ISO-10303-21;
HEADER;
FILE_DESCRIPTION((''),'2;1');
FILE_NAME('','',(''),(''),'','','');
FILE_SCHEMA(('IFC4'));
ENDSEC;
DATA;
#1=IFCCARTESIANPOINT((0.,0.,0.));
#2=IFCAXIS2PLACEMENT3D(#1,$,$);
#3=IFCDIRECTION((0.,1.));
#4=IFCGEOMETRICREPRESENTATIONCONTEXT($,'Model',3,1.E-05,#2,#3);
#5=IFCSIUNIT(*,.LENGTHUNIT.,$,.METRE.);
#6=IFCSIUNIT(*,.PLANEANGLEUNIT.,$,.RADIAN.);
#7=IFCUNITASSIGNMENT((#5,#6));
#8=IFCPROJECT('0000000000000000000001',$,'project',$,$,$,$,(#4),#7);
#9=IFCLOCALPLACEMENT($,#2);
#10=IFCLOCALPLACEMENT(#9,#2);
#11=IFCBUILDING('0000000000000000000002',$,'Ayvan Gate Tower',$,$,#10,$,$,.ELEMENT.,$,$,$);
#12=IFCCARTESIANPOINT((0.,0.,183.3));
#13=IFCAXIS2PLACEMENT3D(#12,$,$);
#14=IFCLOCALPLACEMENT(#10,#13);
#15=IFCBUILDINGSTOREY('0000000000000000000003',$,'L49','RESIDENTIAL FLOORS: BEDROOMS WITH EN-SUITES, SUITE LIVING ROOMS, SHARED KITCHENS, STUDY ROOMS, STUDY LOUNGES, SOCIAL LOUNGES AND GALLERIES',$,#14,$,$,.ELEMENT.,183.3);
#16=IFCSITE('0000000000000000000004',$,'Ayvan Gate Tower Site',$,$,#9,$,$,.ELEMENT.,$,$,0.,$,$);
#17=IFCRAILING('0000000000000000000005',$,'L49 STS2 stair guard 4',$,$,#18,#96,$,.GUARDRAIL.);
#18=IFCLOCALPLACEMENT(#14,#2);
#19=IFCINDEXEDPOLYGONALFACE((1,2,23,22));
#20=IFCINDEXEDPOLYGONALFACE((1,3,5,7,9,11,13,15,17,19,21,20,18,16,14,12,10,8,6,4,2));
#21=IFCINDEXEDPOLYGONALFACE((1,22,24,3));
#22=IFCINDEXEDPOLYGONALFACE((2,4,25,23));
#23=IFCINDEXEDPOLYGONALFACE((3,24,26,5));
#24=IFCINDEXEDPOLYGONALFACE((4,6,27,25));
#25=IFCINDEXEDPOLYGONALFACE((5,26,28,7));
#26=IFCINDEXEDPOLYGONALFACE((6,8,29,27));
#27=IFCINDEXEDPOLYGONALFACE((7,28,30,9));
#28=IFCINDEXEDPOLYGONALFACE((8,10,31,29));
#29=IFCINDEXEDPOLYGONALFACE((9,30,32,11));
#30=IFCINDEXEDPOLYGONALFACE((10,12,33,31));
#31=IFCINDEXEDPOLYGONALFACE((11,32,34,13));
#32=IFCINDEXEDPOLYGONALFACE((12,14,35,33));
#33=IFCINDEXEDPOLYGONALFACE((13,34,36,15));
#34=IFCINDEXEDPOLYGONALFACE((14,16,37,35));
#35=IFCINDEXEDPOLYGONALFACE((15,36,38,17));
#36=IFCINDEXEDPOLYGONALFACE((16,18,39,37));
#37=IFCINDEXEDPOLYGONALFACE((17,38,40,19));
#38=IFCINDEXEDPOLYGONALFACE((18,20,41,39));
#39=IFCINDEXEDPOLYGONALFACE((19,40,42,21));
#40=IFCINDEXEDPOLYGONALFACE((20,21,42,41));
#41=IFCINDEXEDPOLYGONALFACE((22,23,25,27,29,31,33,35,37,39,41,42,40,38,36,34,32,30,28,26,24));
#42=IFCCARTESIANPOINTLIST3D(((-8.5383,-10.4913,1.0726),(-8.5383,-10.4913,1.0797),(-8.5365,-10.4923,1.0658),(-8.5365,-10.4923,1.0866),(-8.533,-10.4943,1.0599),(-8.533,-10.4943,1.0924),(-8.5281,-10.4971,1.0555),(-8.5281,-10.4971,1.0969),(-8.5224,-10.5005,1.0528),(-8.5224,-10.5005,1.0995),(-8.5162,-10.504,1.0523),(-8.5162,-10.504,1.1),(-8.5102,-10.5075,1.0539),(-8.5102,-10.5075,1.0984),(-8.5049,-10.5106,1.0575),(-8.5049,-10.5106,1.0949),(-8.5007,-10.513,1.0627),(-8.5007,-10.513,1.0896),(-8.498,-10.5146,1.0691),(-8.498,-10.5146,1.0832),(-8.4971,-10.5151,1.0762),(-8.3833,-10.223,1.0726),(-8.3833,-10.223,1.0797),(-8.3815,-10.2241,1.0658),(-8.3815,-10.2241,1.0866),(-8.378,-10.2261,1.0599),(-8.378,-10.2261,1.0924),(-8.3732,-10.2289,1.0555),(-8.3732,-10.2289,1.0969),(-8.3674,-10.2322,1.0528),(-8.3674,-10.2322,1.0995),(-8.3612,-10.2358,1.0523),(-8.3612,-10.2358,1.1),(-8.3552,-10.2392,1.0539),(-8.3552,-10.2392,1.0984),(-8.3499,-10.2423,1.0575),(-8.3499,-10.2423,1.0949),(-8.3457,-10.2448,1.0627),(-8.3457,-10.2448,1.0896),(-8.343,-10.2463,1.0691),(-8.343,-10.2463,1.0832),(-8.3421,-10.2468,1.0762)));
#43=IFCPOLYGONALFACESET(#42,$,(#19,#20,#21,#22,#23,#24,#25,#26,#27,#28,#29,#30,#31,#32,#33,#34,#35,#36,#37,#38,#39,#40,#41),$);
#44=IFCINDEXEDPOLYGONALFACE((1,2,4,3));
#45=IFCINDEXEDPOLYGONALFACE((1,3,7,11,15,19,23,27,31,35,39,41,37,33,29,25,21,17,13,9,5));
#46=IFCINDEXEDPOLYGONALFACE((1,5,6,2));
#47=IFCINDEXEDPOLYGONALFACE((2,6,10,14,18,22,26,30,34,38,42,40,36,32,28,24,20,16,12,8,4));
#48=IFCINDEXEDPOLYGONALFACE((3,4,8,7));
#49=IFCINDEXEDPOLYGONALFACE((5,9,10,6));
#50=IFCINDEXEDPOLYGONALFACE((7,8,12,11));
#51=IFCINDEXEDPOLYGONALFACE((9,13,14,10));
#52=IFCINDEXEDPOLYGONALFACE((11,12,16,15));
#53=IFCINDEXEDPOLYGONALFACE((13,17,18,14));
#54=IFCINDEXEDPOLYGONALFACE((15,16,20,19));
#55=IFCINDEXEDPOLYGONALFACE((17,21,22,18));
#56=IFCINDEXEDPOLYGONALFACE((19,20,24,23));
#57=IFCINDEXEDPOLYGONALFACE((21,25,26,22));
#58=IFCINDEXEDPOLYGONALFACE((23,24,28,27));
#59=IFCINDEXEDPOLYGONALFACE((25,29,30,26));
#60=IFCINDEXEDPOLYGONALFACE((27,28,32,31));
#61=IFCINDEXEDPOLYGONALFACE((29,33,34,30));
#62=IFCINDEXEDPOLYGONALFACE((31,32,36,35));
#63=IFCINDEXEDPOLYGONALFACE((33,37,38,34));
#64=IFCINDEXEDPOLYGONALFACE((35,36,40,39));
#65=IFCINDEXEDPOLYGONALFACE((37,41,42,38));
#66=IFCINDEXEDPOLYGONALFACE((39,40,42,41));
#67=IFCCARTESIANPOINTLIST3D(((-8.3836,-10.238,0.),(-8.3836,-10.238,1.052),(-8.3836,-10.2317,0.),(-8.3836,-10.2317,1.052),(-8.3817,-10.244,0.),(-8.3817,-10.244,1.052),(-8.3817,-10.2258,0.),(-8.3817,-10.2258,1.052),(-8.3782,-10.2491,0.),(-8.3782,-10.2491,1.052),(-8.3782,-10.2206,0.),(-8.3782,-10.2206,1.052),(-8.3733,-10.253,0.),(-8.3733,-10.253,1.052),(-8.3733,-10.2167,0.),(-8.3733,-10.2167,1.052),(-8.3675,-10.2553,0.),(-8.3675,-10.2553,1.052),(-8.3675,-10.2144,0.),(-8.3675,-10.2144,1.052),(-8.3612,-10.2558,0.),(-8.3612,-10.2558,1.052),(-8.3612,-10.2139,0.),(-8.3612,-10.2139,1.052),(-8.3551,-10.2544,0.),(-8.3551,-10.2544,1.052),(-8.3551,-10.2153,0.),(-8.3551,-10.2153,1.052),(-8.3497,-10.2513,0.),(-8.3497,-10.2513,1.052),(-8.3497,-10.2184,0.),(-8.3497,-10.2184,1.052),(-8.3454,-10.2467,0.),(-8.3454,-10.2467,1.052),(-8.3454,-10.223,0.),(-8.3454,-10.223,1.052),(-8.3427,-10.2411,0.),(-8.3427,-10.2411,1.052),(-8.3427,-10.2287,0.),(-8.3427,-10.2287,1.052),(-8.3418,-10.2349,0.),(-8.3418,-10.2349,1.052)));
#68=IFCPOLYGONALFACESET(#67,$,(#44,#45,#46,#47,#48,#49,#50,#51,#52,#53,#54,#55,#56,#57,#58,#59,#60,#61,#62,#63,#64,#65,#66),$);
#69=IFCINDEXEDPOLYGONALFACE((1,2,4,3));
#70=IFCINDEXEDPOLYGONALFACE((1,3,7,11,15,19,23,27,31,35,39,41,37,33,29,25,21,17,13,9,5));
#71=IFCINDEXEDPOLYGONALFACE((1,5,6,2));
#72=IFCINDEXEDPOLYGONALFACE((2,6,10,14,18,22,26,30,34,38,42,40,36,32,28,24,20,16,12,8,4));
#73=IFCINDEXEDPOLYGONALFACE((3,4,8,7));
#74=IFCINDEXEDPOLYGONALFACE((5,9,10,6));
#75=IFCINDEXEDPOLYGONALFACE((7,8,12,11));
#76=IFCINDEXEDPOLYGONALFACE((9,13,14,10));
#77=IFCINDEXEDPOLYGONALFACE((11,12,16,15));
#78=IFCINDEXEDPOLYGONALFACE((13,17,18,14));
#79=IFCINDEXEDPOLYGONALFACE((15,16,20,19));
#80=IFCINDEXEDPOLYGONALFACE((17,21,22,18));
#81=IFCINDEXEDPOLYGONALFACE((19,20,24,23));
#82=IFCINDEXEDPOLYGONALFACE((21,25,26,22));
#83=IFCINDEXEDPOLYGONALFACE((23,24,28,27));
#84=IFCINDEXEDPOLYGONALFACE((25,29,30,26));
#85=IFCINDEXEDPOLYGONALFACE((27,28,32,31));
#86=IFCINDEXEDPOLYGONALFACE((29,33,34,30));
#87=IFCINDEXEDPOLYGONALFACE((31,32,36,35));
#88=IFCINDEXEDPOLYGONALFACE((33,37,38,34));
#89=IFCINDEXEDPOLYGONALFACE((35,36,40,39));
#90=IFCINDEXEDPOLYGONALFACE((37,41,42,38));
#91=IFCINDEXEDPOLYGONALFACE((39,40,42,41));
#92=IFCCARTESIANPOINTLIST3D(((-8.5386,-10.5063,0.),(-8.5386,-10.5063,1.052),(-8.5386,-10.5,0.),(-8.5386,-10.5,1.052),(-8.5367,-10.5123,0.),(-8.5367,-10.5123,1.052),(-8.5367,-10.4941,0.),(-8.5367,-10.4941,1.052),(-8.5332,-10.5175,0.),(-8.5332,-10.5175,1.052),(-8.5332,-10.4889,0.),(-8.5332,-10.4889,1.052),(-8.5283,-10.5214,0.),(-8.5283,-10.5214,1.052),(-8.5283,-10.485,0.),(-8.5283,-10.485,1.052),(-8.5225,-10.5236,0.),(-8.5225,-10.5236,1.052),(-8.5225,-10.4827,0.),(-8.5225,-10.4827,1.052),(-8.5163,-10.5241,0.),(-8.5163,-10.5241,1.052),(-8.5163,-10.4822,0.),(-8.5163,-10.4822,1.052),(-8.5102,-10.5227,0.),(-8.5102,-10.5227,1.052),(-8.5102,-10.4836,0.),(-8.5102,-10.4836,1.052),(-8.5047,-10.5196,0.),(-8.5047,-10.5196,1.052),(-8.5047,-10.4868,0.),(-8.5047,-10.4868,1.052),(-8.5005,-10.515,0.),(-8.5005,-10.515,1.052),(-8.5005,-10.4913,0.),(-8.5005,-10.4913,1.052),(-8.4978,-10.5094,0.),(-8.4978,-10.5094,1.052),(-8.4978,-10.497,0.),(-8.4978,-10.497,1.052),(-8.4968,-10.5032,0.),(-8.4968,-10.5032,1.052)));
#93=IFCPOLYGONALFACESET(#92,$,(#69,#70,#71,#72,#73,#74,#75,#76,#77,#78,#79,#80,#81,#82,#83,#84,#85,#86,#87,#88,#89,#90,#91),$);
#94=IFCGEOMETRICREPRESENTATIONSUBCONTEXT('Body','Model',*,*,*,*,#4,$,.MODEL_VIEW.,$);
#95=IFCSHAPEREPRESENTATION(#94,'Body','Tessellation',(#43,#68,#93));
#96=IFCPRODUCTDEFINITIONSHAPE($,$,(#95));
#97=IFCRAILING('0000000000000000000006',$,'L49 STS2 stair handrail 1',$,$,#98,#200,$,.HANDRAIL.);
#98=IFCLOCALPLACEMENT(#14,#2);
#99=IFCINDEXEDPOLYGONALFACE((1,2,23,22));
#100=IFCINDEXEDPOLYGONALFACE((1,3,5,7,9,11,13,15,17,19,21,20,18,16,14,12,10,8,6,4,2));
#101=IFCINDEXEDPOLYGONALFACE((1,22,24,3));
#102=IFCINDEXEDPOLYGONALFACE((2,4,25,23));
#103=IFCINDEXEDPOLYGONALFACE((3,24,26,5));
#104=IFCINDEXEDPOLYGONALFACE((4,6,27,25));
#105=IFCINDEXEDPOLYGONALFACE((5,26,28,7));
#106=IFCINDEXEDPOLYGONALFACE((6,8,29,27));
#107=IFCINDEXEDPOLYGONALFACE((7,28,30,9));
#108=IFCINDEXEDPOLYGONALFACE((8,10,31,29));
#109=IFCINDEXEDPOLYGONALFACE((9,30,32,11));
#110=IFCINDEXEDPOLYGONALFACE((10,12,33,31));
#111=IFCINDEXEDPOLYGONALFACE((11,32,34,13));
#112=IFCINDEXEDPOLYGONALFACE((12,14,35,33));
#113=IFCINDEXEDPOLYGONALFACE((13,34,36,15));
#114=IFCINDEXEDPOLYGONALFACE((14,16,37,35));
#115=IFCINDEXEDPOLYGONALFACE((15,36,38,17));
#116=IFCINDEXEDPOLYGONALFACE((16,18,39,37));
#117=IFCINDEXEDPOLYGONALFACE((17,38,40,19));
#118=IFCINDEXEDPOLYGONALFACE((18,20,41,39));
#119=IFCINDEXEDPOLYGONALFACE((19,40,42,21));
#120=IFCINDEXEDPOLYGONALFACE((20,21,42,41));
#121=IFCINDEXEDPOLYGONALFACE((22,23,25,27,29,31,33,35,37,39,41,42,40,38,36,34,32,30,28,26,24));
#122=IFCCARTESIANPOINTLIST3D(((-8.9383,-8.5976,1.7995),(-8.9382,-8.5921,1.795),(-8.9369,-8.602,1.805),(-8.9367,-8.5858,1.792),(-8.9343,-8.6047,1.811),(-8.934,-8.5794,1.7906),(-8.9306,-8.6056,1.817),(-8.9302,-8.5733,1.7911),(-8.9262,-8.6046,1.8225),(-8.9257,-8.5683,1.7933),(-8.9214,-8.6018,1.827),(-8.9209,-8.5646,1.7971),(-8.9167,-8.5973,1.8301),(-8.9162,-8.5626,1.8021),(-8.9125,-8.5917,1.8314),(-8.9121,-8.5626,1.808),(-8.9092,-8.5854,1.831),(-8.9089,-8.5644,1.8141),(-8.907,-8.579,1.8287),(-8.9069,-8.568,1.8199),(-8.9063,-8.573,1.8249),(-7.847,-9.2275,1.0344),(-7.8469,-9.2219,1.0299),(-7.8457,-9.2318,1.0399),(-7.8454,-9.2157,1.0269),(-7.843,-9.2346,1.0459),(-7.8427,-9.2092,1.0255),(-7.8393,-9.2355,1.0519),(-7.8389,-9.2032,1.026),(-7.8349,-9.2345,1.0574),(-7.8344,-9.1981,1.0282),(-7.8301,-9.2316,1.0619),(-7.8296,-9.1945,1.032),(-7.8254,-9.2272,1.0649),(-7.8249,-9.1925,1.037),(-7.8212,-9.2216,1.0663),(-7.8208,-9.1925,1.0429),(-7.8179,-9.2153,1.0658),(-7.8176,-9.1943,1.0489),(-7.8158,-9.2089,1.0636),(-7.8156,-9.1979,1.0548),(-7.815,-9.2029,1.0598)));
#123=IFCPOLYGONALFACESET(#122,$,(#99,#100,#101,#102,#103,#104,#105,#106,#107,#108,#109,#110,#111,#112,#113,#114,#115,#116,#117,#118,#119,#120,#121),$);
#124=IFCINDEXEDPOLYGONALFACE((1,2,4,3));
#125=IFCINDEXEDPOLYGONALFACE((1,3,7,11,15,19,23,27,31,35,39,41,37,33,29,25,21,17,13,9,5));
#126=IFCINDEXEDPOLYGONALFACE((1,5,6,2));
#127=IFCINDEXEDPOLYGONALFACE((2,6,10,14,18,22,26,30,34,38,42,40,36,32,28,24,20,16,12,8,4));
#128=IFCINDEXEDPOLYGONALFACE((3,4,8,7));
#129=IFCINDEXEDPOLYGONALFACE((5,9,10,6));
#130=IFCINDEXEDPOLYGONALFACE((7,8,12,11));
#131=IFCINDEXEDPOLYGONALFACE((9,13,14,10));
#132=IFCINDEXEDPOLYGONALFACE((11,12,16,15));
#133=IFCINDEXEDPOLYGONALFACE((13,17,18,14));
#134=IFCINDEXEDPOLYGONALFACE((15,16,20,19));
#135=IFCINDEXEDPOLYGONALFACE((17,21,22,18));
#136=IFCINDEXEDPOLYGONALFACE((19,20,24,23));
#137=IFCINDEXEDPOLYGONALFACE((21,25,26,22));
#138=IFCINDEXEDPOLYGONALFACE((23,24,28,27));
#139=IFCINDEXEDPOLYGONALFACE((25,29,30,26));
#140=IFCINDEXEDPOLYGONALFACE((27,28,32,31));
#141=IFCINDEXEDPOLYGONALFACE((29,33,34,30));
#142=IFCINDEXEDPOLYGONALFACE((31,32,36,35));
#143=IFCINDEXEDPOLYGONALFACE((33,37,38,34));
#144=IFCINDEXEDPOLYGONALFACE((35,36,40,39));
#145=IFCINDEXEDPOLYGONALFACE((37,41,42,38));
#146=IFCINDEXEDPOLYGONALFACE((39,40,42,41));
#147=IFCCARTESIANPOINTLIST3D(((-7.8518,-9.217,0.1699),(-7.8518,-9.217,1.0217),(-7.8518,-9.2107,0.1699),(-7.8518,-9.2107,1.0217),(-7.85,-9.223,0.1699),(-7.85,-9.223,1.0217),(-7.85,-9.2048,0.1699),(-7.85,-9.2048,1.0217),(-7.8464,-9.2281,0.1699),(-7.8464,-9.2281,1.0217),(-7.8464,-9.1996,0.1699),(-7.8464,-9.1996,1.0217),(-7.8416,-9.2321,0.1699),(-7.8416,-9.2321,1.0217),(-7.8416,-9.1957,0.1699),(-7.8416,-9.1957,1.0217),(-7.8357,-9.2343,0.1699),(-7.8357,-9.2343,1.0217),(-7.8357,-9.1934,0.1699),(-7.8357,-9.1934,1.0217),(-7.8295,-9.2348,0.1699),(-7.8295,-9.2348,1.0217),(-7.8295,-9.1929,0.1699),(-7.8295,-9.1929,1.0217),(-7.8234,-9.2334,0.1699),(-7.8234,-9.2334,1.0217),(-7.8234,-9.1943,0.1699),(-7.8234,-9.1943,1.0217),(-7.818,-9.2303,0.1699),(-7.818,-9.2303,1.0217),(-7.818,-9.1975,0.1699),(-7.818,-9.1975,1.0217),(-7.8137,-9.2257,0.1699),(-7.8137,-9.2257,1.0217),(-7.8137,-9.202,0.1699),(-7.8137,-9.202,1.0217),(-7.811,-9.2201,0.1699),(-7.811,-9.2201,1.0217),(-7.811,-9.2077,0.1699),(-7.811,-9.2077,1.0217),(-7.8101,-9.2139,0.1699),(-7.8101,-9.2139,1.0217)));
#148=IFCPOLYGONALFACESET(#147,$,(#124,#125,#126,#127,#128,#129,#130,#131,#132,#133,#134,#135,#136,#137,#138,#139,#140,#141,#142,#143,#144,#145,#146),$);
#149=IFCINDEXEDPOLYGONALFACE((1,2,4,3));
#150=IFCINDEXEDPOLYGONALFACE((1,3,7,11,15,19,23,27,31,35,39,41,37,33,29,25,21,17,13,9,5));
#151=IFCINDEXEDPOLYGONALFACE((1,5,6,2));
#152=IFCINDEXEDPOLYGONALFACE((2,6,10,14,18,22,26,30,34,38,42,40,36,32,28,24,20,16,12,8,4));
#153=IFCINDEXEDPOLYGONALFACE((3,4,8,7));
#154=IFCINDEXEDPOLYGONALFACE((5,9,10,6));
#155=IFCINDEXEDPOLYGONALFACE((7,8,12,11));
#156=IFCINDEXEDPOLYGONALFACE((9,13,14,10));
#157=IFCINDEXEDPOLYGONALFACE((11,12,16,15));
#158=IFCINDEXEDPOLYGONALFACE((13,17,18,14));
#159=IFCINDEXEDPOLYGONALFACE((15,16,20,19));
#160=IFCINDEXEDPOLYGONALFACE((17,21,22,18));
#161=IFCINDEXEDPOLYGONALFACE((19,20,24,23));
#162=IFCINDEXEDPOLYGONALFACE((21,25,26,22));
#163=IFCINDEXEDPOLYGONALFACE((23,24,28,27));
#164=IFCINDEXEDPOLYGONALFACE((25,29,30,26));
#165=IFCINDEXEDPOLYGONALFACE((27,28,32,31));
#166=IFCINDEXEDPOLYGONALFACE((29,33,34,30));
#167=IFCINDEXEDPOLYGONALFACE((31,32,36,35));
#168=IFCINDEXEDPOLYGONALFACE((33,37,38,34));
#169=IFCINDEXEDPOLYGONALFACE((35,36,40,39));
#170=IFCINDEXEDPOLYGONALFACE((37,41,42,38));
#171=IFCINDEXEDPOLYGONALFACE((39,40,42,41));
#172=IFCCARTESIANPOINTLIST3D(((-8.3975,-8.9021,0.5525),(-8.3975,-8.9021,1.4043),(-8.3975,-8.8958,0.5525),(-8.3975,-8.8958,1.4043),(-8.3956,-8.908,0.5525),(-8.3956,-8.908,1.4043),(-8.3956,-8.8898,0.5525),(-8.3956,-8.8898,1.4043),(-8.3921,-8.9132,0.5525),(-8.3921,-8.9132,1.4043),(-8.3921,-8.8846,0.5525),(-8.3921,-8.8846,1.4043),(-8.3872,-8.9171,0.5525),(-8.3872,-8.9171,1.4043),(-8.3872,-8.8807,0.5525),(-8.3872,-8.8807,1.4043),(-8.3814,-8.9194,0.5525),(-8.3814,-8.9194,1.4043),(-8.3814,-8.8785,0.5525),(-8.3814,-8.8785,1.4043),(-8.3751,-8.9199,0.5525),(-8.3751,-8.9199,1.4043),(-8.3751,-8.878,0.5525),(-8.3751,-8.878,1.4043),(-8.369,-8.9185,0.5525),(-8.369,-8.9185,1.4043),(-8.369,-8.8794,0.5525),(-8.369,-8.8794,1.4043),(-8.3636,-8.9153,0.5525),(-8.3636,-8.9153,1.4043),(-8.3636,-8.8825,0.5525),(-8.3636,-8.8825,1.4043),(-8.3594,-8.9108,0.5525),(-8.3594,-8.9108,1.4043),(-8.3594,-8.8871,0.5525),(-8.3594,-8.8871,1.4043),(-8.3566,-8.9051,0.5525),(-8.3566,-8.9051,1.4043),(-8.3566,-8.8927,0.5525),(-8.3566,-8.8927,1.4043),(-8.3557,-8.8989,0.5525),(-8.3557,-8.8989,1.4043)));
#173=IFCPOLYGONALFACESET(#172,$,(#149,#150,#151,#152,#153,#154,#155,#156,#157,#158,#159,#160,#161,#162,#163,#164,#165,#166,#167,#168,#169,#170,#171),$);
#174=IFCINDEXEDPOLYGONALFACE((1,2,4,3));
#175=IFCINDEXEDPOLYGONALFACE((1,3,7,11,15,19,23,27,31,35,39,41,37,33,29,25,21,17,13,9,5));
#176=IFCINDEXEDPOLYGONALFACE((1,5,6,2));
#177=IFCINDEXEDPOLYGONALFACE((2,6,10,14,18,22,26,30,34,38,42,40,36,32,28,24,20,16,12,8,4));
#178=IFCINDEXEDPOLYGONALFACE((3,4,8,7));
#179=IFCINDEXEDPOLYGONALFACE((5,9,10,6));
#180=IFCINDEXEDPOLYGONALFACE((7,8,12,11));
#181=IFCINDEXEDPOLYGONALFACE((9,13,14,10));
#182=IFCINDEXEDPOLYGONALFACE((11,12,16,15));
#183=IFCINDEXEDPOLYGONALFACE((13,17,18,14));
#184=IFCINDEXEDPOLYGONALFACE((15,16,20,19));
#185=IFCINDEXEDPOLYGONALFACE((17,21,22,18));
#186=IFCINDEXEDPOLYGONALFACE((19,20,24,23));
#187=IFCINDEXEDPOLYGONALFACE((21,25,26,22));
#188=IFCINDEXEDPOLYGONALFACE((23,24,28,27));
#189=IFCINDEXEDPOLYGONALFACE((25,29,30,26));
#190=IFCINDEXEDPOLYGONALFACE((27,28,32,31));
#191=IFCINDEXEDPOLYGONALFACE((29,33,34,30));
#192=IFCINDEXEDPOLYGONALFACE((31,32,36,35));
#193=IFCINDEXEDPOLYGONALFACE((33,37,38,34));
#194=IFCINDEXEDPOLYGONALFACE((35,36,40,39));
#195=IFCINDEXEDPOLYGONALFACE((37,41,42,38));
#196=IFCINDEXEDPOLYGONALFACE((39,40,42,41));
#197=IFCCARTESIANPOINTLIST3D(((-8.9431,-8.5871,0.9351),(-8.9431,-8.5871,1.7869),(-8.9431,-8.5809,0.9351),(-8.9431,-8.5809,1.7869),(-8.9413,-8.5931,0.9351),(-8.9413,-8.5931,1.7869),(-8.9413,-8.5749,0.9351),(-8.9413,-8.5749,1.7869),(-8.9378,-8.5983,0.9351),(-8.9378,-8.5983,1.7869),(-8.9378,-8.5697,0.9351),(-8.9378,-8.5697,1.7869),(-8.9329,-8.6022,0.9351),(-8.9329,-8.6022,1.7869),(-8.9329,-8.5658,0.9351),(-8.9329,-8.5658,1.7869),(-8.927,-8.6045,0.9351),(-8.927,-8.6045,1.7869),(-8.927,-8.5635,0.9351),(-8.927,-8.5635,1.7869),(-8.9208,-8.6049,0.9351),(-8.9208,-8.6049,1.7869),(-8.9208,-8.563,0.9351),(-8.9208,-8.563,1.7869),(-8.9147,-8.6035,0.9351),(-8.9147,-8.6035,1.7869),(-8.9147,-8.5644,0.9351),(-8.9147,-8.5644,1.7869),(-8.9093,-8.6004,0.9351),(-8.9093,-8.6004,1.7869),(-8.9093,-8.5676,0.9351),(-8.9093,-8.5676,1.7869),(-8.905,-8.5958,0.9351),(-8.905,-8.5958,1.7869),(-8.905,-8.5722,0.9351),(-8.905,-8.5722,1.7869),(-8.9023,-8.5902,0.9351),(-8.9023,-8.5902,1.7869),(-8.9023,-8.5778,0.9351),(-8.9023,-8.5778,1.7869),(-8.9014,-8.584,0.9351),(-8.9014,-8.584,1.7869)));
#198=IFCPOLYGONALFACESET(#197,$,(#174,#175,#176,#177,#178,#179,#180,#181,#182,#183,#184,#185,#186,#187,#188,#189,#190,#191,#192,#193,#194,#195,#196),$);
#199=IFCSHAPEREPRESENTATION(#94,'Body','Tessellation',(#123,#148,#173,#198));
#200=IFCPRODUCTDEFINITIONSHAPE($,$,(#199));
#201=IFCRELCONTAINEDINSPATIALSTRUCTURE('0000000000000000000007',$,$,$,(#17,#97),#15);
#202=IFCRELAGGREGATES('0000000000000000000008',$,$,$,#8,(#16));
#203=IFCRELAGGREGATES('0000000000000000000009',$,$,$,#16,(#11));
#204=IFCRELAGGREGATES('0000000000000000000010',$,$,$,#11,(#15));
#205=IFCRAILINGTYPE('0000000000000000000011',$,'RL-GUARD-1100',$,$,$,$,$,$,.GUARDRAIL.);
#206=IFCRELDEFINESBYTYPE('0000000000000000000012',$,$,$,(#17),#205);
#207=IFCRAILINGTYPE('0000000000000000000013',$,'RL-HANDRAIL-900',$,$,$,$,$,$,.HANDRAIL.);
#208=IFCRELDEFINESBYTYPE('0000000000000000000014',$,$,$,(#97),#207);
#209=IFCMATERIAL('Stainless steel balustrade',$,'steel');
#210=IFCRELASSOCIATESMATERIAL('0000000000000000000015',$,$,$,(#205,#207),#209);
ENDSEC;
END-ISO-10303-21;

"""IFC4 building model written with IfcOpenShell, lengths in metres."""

from ifc_helpers import new_model, si_unit, direction, frame, origin, origin_2d, place, context, subcontext, project, spatial, circle, extrude, material, type_object, element, save


model = new_model("IFC4")

# Units and contexts
model_context = context("Model", 3, precision=1e-05, world=origin(), true_north=direction((0.0, 1.0)))
body_context = subcontext(model_context, "Body", "Model", "MODEL_VIEW")
ifc_project = project(units=[si_unit("LENGTHUNIT", "METRE"), si_unit("PLANEANGLEUNIT", "RADIAN")], contexts=[model_context])

# Site, building, storey
site_placement = place(None, origin())
site = spatial("IfcSite", under=ifc_project, at=site_placement, Name="Ayvan Gate Tower Site", CompositionType="ELEMENT", RefElevation=0.0)
building_placement = place(site_placement, origin())
building = spatial("IfcBuilding", under=site, at=building_placement, Name="Ayvan Gate Tower", CompositionType="ELEMENT")
storey_placement = place(building_placement, frame((0.0, 0.0, 183.3)))
storey = spatial("IfcBuildingStorey", under=building, at=storey_placement, Name="L49", Description="RESIDENTIAL FLOORS: BEDROOMS WITH EN-SUITES, SUITE LIVING ROOMS, SHARED KITCHENS, STUDY ROOMS, STUDY LOUNGES, SOCIAL LOUNGES AND GALLERIES", CompositionType="ELEMENT", Elevation=183.3)

# Railings
ifc_material_1 = material(Name="Stainless steel balustrade", Category="steel")
railing_type_1 = type_object("IfcRailingType", Name="RL-GUARD-1100", PredefinedType="GUARDRAIL", material=ifc_material_1)
railing_1_placement = place(storey_placement, frame((-8.3628, -10.2349, 0.0)))
element("IfcRailing", 1, at=railing_1_placement, inside=storey, type_object=railing_type_1, Name="L49 STS2 stair guard 4", PredefinedType="GUARDRAIL", context=body_context, shape_type="SweptSolid", body=[
    extrude(circle(Radius=0.0239, at=origin_2d()), frame((0.0, 0.0, 1.0762), z_axis=(-0.500291, -0.865857, 0.0), x_axis=(0.865857, -0.500291, 0.0)), (0.0, 0.0, 1.0), 0.3098),
    extrude(circle(Radius=0.021, at=origin_2d()), origin(), (0.0, 0.0, 1.0), 1.052),
    extrude(circle(Radius=0.021, at=origin_2d()), frame((-0.155, -0.2683, 0.0)), (0.0, 0.0, 1.0), 1.052),
])
railing_type_2 = type_object("IfcRailingType", Name="RL-HANDRAIL-900", PredefinedType="HANDRAIL", material=ifc_material_1)
railing_2_placement = place(storey_placement, frame((-7.8311, -9.2139, 0.1699)))
element("IfcRailing", 2, at=railing_2_placement, inside=storey, type_object=railing_type_2, Name="L49 STS2 stair handrail 1", PredefinedType="HANDRAIL", context=body_context, shape_type="SweptSolid", body=[
    extrude(circle(Radius=0.0239, at=origin_2d()), frame((0.0, 0.0, 0.876), z_axis=(-0.740293, 0.427283, 0.519033), x_axis=(-0.49989, -0.866089, 0.0)), (0.0, 0.0, 1.0), 1.4741),
    extrude(circle(Radius=0.021, at=origin_2d()), origin(), (0.0, 0.0, 1.0), 0.8518),
    extrude(circle(Radius=0.021, at=origin_2d()), frame((-0.5457, 0.3149, 0.3826)), (0.0, 0.0, 1.0), 0.8518),
    extrude(circle(Radius=0.021, at=origin_2d()), frame((-1.0913, 0.6299, 0.7651)), (0.0, 0.0, 1.0), 0.8518),
])

save(model, "model.ifc")
